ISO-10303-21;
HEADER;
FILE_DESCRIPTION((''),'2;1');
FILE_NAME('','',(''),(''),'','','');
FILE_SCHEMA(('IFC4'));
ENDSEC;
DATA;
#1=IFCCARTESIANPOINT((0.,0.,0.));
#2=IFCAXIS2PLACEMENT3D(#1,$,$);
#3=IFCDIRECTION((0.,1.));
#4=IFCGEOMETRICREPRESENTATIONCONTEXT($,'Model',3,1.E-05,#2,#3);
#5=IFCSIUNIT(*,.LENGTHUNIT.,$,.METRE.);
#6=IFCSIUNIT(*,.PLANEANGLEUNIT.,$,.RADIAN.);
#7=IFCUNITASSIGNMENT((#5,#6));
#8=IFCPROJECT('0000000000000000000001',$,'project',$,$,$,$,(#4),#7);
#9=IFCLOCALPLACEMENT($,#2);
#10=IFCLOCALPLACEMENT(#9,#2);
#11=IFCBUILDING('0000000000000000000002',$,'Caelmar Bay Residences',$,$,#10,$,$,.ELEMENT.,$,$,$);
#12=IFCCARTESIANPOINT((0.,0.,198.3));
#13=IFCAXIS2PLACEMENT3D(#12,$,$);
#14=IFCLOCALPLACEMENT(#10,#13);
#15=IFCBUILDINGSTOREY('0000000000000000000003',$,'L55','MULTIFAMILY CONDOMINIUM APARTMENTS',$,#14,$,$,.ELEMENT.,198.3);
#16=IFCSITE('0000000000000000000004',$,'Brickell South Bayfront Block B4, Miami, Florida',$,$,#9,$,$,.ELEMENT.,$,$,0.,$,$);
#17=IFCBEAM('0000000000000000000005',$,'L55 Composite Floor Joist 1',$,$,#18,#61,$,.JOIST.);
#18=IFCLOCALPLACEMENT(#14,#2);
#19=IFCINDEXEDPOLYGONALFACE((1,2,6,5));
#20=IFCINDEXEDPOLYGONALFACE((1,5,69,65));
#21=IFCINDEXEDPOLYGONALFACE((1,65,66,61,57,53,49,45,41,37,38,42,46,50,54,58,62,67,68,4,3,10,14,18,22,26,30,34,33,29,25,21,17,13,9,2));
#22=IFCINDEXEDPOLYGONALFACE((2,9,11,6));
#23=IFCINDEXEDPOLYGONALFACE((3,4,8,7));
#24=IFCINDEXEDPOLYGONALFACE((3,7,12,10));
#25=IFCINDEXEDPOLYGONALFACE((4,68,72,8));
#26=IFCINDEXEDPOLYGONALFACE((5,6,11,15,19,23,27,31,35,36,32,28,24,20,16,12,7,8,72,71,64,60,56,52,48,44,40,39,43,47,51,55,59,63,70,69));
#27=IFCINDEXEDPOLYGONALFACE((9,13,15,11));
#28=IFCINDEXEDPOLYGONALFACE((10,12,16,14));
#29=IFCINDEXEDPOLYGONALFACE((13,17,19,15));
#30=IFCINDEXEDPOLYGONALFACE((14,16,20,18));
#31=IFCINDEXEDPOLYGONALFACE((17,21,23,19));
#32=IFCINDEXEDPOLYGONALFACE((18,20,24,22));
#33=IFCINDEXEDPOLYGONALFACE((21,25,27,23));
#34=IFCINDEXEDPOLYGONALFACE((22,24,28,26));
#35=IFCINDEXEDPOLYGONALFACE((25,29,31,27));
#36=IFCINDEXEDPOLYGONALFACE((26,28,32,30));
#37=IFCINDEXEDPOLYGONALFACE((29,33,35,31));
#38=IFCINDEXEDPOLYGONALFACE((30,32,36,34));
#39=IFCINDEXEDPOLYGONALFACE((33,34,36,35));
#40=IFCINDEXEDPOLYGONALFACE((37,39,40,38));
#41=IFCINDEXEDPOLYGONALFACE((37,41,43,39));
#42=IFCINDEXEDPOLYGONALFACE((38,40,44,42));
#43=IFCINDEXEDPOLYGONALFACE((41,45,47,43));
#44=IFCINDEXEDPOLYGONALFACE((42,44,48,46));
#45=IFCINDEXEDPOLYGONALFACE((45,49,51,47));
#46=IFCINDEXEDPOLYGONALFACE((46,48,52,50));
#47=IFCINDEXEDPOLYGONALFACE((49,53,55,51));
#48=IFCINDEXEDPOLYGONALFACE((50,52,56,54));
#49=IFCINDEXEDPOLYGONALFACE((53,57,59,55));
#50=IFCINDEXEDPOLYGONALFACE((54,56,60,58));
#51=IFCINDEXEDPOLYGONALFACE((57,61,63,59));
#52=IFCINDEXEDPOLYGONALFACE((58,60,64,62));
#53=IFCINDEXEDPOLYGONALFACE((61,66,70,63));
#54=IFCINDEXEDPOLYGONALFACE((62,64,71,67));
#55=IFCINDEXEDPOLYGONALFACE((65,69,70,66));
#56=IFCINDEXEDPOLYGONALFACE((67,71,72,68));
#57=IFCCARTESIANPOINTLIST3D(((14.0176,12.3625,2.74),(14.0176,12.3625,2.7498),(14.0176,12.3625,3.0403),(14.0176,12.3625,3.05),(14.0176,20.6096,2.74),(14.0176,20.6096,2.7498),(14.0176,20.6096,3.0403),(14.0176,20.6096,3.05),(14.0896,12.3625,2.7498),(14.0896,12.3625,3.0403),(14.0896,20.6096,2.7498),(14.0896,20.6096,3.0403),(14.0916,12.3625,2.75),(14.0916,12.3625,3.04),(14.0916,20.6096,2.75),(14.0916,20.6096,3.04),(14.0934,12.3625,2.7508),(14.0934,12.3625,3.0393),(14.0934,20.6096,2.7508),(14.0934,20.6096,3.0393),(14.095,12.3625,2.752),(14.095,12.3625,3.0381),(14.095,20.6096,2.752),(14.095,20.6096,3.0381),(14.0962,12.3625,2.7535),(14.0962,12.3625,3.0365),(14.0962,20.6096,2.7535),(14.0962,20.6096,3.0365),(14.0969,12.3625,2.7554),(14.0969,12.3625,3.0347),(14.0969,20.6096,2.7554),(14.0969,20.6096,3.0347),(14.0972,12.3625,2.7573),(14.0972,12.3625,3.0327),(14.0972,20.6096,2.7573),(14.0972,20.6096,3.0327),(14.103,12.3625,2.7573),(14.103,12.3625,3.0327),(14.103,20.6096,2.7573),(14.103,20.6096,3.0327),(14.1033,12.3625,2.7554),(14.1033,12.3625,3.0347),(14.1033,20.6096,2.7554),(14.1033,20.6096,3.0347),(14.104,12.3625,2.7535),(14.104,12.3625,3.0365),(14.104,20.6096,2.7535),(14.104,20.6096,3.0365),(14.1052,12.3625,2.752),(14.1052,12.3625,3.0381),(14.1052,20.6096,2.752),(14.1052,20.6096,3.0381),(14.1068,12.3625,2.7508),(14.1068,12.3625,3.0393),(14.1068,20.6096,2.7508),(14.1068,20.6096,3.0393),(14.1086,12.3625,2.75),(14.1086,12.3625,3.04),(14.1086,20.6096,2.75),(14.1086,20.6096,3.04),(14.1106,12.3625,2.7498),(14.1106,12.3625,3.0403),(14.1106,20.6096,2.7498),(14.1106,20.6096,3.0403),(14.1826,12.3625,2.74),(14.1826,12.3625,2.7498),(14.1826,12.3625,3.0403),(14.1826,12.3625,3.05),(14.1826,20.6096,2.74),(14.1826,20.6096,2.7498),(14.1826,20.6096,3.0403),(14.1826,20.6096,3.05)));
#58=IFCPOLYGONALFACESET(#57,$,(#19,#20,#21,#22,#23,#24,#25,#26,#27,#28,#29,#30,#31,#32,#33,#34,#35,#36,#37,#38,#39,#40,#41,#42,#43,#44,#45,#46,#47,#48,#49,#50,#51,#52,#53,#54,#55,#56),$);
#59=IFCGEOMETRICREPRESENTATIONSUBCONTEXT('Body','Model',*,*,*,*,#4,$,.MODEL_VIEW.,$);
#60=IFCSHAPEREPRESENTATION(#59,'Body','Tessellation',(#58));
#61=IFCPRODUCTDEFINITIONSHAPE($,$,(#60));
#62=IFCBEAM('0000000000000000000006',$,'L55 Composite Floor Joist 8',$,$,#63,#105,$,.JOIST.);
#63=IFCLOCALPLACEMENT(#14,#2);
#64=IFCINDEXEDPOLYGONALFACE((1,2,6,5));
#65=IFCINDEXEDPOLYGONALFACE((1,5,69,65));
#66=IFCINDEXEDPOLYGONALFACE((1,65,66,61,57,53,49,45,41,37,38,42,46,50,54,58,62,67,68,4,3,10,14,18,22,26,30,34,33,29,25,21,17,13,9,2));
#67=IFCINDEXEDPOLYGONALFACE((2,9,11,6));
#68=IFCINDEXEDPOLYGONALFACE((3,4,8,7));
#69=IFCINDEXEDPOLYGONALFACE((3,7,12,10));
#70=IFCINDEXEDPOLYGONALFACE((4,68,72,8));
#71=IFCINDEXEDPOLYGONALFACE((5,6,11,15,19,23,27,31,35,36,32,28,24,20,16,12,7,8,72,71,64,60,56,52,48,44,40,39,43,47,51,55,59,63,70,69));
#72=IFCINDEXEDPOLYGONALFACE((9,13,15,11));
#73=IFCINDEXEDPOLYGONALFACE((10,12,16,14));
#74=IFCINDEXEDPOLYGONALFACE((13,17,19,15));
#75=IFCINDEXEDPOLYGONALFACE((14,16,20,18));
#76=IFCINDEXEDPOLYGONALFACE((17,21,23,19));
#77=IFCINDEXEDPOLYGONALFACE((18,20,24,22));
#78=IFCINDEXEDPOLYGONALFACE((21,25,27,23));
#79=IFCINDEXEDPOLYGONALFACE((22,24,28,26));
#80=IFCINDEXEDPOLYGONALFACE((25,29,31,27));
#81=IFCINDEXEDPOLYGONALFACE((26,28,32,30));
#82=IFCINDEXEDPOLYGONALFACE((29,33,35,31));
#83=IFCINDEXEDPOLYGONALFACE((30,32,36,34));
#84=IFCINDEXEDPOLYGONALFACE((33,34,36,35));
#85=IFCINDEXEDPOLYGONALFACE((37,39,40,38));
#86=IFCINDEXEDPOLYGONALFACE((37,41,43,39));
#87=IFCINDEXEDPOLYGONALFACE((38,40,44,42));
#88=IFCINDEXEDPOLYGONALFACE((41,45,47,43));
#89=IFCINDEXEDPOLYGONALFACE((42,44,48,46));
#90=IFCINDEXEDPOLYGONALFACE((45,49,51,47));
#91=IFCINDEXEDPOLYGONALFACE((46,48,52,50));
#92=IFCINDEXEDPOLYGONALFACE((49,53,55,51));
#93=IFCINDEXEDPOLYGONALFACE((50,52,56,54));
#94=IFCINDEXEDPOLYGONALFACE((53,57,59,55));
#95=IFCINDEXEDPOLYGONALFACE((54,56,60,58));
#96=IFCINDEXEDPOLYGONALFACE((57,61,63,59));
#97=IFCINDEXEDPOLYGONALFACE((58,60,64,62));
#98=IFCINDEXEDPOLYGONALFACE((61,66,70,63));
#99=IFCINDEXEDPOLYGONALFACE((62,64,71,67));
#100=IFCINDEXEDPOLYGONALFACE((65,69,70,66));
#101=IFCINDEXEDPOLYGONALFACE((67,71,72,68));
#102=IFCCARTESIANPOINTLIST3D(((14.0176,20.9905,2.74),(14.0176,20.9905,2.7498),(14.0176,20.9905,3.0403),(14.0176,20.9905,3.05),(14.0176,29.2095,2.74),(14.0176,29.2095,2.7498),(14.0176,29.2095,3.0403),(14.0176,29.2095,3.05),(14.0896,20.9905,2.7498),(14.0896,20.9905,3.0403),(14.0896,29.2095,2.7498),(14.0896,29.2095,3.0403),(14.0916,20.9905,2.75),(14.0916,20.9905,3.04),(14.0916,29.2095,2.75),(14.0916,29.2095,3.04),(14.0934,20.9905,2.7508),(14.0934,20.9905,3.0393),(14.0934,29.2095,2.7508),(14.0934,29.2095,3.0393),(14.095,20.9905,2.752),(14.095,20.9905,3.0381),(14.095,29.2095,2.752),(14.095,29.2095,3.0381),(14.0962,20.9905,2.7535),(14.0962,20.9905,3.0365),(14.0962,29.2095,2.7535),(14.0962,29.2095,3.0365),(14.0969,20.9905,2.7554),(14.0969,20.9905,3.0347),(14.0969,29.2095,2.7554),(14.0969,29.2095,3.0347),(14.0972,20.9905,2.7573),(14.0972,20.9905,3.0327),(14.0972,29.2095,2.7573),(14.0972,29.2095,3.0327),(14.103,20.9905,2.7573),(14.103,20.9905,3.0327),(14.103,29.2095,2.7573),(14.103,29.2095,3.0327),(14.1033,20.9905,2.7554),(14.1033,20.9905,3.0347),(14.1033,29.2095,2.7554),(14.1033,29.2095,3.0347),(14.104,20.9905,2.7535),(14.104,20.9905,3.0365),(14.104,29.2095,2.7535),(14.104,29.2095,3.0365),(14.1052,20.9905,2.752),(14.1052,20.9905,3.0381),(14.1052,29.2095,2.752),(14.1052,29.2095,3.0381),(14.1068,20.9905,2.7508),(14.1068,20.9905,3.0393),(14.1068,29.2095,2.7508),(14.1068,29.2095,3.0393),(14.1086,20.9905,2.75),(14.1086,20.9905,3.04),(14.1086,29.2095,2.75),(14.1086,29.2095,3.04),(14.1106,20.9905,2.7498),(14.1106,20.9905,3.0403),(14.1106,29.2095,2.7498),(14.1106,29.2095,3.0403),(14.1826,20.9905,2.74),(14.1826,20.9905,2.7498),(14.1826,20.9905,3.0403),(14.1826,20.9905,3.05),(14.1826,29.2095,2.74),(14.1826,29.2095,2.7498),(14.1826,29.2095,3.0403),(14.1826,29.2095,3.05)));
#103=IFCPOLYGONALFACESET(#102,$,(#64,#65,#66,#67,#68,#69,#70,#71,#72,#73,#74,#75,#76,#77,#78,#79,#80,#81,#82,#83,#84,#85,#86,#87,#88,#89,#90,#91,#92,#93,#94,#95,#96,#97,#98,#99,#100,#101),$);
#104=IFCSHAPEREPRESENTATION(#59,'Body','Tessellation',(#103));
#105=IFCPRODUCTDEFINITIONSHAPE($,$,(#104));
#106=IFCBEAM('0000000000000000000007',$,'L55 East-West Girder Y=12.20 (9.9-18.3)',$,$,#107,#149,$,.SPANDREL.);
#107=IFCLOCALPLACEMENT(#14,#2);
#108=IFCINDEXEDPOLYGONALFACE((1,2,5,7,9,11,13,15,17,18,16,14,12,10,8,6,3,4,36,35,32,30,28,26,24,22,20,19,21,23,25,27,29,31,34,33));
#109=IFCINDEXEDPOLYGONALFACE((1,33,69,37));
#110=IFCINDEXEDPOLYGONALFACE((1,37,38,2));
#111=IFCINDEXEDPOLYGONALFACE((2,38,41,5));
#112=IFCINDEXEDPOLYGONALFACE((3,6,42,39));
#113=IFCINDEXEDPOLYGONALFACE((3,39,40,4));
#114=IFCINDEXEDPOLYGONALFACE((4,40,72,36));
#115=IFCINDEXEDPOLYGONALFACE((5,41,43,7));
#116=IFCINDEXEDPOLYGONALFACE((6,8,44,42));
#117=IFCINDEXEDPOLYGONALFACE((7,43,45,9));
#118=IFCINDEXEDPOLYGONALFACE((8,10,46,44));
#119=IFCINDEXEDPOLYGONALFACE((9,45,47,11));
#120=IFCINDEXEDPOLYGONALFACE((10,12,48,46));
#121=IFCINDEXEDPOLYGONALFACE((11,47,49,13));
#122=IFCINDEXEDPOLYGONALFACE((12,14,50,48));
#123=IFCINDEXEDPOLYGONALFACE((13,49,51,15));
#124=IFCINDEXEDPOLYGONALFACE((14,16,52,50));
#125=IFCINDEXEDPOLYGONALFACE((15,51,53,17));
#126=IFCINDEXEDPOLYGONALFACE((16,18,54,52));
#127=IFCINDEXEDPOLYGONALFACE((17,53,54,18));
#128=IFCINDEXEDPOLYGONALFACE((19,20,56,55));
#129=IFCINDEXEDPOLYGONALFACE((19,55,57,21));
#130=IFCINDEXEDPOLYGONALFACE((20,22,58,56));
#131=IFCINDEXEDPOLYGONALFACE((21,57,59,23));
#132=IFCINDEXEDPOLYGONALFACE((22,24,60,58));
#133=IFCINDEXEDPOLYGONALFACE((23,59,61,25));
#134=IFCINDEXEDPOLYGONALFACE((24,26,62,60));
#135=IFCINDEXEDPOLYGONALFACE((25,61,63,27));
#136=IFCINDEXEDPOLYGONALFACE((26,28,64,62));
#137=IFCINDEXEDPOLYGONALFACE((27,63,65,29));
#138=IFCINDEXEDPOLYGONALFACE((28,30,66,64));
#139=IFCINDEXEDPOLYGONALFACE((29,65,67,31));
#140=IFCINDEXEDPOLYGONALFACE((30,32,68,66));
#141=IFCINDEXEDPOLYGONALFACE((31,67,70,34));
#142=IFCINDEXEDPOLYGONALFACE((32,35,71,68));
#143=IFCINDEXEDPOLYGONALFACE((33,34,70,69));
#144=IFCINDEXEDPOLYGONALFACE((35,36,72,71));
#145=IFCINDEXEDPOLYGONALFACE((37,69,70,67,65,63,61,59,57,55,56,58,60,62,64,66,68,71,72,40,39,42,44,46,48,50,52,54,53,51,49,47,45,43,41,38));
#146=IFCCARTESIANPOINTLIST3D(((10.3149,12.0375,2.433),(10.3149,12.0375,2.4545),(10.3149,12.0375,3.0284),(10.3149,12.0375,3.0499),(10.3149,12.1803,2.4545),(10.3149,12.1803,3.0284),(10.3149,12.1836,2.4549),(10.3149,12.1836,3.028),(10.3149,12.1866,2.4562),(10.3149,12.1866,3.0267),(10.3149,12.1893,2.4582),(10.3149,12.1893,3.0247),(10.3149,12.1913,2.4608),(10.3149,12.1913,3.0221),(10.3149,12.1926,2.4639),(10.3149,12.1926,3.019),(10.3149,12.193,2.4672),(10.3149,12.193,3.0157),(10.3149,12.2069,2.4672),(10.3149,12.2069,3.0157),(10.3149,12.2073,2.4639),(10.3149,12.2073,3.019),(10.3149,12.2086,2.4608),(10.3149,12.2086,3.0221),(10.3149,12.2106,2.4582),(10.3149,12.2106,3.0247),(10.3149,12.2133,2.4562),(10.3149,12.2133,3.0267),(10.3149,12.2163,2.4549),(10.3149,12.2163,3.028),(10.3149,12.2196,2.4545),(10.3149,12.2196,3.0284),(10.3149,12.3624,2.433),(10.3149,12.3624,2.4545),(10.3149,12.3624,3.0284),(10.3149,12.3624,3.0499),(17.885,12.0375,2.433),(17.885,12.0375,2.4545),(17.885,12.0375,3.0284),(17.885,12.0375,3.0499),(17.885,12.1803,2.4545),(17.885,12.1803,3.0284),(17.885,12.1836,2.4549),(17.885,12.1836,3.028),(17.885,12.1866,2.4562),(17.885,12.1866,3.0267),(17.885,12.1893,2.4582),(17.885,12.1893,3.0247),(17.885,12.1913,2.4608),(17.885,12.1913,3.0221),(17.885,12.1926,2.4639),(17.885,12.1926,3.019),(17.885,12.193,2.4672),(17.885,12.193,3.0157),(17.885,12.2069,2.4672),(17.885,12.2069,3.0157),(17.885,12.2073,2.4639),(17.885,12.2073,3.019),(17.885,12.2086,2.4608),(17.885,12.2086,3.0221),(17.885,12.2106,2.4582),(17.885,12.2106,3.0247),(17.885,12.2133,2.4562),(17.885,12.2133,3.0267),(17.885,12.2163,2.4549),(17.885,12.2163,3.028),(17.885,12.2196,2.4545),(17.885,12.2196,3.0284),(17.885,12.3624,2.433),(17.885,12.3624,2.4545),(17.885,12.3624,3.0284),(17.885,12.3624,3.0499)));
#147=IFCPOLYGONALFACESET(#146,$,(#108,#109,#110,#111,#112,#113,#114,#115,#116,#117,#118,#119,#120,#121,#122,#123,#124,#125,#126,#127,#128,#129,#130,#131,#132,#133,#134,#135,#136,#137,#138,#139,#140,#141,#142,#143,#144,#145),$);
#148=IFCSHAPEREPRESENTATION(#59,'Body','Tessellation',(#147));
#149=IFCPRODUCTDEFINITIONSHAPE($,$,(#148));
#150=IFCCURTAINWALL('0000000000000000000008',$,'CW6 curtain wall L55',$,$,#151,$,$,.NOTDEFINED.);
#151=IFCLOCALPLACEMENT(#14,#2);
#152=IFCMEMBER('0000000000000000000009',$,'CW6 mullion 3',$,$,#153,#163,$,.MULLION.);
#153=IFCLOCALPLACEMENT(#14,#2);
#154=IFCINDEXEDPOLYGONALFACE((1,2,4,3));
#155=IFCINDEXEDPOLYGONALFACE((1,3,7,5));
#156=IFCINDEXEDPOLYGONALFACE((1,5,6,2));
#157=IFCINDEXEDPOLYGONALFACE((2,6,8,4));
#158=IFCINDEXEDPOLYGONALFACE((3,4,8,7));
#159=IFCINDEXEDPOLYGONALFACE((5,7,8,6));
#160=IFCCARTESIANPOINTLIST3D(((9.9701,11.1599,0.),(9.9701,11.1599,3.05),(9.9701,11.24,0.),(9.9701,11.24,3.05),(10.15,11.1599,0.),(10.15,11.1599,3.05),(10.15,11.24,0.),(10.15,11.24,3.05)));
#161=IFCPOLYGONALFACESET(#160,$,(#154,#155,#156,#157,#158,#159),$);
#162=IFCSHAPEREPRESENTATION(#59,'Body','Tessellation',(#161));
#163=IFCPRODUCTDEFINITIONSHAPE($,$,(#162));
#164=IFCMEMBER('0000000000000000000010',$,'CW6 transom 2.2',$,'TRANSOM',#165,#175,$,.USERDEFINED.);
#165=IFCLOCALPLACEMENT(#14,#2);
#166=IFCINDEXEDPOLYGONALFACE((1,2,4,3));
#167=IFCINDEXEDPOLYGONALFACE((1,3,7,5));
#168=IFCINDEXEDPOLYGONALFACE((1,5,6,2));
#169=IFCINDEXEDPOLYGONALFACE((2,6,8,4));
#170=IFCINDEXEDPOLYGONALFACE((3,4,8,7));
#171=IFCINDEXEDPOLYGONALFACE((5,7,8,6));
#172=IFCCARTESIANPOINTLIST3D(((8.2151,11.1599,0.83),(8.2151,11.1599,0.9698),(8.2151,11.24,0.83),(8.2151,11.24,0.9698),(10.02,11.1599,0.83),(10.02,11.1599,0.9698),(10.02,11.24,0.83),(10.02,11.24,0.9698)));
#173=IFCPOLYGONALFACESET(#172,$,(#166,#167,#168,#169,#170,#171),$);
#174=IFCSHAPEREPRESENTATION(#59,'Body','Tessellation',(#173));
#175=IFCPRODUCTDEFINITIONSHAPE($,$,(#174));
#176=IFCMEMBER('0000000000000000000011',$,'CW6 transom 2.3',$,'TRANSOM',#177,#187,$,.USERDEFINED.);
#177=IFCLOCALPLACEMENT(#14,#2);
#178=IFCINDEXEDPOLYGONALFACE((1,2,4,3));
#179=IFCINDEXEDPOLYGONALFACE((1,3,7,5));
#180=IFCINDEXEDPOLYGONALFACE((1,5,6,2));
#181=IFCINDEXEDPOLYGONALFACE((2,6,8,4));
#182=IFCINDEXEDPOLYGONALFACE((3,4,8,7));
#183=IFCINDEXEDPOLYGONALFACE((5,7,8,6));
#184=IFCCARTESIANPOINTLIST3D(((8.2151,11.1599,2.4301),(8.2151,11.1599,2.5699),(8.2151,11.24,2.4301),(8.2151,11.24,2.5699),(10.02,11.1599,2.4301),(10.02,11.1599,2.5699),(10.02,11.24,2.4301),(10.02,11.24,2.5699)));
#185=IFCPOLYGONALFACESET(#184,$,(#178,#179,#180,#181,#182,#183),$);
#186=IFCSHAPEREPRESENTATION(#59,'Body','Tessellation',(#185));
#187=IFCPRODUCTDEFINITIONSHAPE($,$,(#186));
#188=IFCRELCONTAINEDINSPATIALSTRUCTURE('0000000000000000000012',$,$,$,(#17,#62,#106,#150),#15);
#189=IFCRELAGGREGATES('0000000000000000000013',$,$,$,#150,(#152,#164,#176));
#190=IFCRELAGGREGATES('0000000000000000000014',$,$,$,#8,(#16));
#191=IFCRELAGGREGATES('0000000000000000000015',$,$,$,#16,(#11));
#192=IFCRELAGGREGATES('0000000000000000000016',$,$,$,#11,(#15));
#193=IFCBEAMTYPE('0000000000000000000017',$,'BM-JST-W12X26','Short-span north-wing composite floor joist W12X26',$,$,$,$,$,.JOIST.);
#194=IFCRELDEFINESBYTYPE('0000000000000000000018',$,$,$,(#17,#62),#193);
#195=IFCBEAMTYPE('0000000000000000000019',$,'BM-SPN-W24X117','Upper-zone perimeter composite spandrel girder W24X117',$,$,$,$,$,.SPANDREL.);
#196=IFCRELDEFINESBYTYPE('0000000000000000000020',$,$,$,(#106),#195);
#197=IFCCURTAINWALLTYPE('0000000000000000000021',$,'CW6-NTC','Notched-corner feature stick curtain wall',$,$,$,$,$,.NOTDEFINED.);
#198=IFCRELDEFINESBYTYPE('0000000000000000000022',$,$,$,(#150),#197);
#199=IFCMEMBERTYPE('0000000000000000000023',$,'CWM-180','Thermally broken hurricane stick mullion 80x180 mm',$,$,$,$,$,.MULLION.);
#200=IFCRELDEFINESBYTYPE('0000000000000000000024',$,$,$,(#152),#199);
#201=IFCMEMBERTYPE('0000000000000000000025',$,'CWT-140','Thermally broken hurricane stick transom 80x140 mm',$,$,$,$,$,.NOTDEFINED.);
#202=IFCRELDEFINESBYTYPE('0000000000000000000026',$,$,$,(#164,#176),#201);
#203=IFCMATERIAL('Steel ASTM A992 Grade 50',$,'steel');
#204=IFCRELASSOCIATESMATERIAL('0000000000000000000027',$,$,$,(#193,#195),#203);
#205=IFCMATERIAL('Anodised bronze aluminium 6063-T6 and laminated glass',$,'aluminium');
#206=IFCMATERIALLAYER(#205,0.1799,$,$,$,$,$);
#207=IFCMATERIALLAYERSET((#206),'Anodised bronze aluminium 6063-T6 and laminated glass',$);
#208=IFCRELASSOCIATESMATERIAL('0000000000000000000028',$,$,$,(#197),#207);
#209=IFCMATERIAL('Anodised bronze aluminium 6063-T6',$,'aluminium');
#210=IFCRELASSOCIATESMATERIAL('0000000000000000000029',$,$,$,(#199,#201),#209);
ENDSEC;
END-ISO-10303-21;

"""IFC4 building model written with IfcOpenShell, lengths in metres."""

from ifc_helpers import new_model, si_unit, direction, frame, origin, origin_2d, place, context, subcontext, project, spatial, rectangle, i_section, extrude, material, layer, layer_set, material_profile, profile_set, type_object, element, aggregate, save


model = new_model("IFC4")

# Units and contexts
model_context = context("Model", 3, precision=1e-05, world=origin(), true_north=direction((0.0, 1.0)))
body_context = subcontext(model_context, "Body", "Model", "MODEL_VIEW")
ifc_project = project(units=[si_unit("LENGTHUNIT", "METRE"), si_unit("PLANEANGLEUNIT", "RADIAN")], contexts=[model_context])

# Site, building, storey
site_placement = place(None, origin())
site = spatial("IfcSite", under=ifc_project, at=site_placement, Name="Brickell South Bayfront Block B4, Miami, Florida", CompositionType="ELEMENT", RefElevation=0.0)
building_placement = place(site_placement, origin())
building = spatial("IfcBuilding", under=site, at=building_placement, Name="Caelmar Bay Residences", CompositionType="ELEMENT")
storey_placement = place(building_placement, frame((0.0, 0.0, 198.3)))
storey = spatial("IfcBuildingStorey", under=building, at=storey_placement, Name="L55", Description="MULTIFAMILY CONDOMINIUM APARTMENTS", CompositionType="ELEMENT", Elevation=198.3)

# Beams
ifc_material_1 = material(Name="Steel ASTM A992 Grade 50", Category="steel")
ifc_material_profile_1 = material_profile(ifc_material_1, i_section(OverallWidth=0.165, OverallDepth=0.3101, WebThickness=0.0059, FlangeThickness=0.0098, FilletRadius=0.0076, at=origin_2d()), Name="W12X26")
ifc_profile_set_1 = profile_set([ifc_material_profile_1], Name="Steel ASTM A992 Grade 50")
beam_type_1 = type_object("IfcBeamType", Name="BM-JST-W12X26", Description="Short-span north-wing composite floor joist W12X26", PredefinedType="JOIST", material=ifc_profile_set_1)
beam_1_placement = place(storey_placement, frame((14.1001, 12.3625, 2.895), z_axis=(0.0, 1.0, 0.0), x_axis=(-1.0, 0.0, 0.0)))
element("IfcBeam", 1, at=beam_1_placement, inside=storey, type_object=beam_type_1, Name="L55 Composite Floor Joist 1", PredefinedType="JOIST", context=body_context, shape_type="SweptSolid", body=[
    extrude(i_section(OverallWidth=0.165, OverallDepth=0.3101, WebThickness=0.0059, FlangeThickness=0.0098, FilletRadius=0.0076, at=origin_2d()), origin(), (0.0, 0.0, 1.0), 8.2471),
])
beam_2_placement = place(storey_placement, frame((14.1001, 20.9905, 2.895), z_axis=(0.0, 1.0, 0.0), x_axis=(-1.0, 0.0, 0.0)))
element("IfcBeam", 2, at=beam_2_placement, inside=storey, type_object=beam_type_1, Name="L55 Composite Floor Joist 8", PredefinedType="JOIST", context=body_context, shape_type="SweptSolid", body=[
    extrude(i_section(OverallWidth=0.165, OverallDepth=0.3101, WebThickness=0.0059, FlangeThickness=0.0098, FilletRadius=0.0076, at=origin_2d()), origin(), (0.0, 0.0, 1.0), 8.219),
])
ifc_material_profile_2 = material_profile(ifc_material_1, i_section(OverallWidth=0.325, OverallDepth=0.6169, WebThickness=0.0139, FlangeThickness=0.0215, FilletRadius=0.0127, at=origin_2d()), Name="W24X117")
ifc_profile_set_2 = profile_set([ifc_material_profile_2], Name="Steel ASTM A992 Grade 50")
beam_type_2 = type_object("IfcBeamType", Name="BM-SPN-W24X117", Description="Upper-zone perimeter composite spandrel girder W24X117", PredefinedType="SPANDREL", material=ifc_profile_set_2)
beam_3_placement = place(storey_placement, frame((10.3149, 12.2, 2.7415), z_axis=(1.0, 0.0, 0.0), x_axis=(0.0, 1.0, 0.0)))
element("IfcBeam", 3, at=beam_3_placement, inside=storey, type_object=beam_type_2, Name="L55 East-West Girder Y=12.20 (9.9-18.3)", PredefinedType="SPANDREL", context=body_context, shape_type="SweptSolid", body=[
    extrude(i_section(OverallWidth=0.325, OverallDepth=0.6169, WebThickness=0.0139, FlangeThickness=0.0215, FilletRadius=0.0127, at=origin_2d()), origin(), (0.0, 0.0, 1.0), 7.5701),
])

# Curtain wall, members
ifc_material_2 = material(Name="Anodised bronze aluminium 6063-T6 and laminated glass", Category="aluminium")
ifc_layer_1 = layer(ifc_material_2, 0.1799)
ifc_layer_set_1 = layer_set([ifc_layer_1], Name="Anodised bronze aluminium 6063-T6 and laminated glass")
curtain_wall_type = type_object("IfcCurtainWallType", Name="CW6-NTC", Description="Notched-corner feature stick curtain wall", PredefinedType="NOTDEFINED", material=ifc_layer_set_1)
curtain_wall_placement = place(storey_placement, origin())
curtain_wall = element("IfcCurtainWall", 4, at=curtain_wall_placement, inside=storey, type_object=curtain_wall_type, Name="CW6 curtain wall L55", PredefinedType="NOTDEFINED")
ifc_material_3 = material(Name="Anodised bronze aluminium 6063-T6", Category="aluminium")
ifc_material_profile_3 = material_profile(ifc_material_3, rectangle(XDim=0.0801, YDim=0.1799, at=origin_2d()), Name="CWM-80X180")
ifc_profile_set_3 = profile_set([ifc_material_profile_3], Name="Anodised bronze aluminium 6063-T6")
member_type_1 = type_object("IfcMemberType", Name="CWM-180", Description="Thermally broken hurricane stick mullion 80x180 mm", PredefinedType="MULLION", material=ifc_profile_set_3)
member_1_placement = place(storey_placement, frame((10.0601, 11.2, 0.0), z_axis=(0.0, 0.0, 1.0), x_axis=(0.0, 1.0, 0.0)))
member_1 = element("IfcMember", 5, at=member_1_placement, type_object=member_type_1, Name="CW6 mullion 3", PredefinedType="MULLION", context=body_context, shape_type="SweptSolid", body=[
    extrude(rectangle(XDim=0.0801, YDim=0.1799, at=origin_2d()), origin(), (0.0, 0.0, 1.0), 3.05),
])
ifc_material_profile_4 = material_profile(ifc_material_3, rectangle(XDim=0.0801, YDim=0.1399, at=origin_2d()), Name="CWT-80X140")
ifc_profile_set_4 = profile_set([ifc_material_profile_4], Name="Anodised bronze aluminium 6063-T6")
member_type_2 = type_object("IfcMemberType", Name="CWT-140", Description="Thermally broken hurricane stick transom 80x140 mm", PredefinedType="NOTDEFINED", material=ifc_profile_set_4)
member_2_placement = place(storey_placement, frame((8.2151, 11.2, 0.8999), z_axis=(1.0, 0.0, 0.0), x_axis=(0.0, 1.0, 0.0)))
member_2 = element("IfcMember", 6, at=member_2_placement, type_object=member_type_2, Name="CW6 transom 2.2", ObjectType="TRANSOM", PredefinedType="USERDEFINED", context=body_context, shape_type="SweptSolid", body=[
    extrude(rectangle(XDim=0.0801, YDim=0.1399, at=origin_2d()), origin(), (0.0, 0.0, 1.0), 1.8049),
])
member_3_placement = place(storey_placement, frame((8.2151, 11.2, 2.5), z_axis=(1.0, 0.0, 0.0), x_axis=(0.0, 1.0, 0.0)))
member_3 = element("IfcMember", 7, at=member_3_placement, type_object=member_type_2, Name="CW6 transom 2.3", ObjectType="TRANSOM", PredefinedType="USERDEFINED", context=body_context, shape_type="SweptSolid", body=[
    extrude(rectangle(XDim=0.0801, YDim=0.1399, at=origin_2d()), origin(), (0.0, 0.0, 1.0), 1.8049),
])
aggregate(curtain_wall, [member_1, member_2, member_3])

save(model, "model.ifc")
